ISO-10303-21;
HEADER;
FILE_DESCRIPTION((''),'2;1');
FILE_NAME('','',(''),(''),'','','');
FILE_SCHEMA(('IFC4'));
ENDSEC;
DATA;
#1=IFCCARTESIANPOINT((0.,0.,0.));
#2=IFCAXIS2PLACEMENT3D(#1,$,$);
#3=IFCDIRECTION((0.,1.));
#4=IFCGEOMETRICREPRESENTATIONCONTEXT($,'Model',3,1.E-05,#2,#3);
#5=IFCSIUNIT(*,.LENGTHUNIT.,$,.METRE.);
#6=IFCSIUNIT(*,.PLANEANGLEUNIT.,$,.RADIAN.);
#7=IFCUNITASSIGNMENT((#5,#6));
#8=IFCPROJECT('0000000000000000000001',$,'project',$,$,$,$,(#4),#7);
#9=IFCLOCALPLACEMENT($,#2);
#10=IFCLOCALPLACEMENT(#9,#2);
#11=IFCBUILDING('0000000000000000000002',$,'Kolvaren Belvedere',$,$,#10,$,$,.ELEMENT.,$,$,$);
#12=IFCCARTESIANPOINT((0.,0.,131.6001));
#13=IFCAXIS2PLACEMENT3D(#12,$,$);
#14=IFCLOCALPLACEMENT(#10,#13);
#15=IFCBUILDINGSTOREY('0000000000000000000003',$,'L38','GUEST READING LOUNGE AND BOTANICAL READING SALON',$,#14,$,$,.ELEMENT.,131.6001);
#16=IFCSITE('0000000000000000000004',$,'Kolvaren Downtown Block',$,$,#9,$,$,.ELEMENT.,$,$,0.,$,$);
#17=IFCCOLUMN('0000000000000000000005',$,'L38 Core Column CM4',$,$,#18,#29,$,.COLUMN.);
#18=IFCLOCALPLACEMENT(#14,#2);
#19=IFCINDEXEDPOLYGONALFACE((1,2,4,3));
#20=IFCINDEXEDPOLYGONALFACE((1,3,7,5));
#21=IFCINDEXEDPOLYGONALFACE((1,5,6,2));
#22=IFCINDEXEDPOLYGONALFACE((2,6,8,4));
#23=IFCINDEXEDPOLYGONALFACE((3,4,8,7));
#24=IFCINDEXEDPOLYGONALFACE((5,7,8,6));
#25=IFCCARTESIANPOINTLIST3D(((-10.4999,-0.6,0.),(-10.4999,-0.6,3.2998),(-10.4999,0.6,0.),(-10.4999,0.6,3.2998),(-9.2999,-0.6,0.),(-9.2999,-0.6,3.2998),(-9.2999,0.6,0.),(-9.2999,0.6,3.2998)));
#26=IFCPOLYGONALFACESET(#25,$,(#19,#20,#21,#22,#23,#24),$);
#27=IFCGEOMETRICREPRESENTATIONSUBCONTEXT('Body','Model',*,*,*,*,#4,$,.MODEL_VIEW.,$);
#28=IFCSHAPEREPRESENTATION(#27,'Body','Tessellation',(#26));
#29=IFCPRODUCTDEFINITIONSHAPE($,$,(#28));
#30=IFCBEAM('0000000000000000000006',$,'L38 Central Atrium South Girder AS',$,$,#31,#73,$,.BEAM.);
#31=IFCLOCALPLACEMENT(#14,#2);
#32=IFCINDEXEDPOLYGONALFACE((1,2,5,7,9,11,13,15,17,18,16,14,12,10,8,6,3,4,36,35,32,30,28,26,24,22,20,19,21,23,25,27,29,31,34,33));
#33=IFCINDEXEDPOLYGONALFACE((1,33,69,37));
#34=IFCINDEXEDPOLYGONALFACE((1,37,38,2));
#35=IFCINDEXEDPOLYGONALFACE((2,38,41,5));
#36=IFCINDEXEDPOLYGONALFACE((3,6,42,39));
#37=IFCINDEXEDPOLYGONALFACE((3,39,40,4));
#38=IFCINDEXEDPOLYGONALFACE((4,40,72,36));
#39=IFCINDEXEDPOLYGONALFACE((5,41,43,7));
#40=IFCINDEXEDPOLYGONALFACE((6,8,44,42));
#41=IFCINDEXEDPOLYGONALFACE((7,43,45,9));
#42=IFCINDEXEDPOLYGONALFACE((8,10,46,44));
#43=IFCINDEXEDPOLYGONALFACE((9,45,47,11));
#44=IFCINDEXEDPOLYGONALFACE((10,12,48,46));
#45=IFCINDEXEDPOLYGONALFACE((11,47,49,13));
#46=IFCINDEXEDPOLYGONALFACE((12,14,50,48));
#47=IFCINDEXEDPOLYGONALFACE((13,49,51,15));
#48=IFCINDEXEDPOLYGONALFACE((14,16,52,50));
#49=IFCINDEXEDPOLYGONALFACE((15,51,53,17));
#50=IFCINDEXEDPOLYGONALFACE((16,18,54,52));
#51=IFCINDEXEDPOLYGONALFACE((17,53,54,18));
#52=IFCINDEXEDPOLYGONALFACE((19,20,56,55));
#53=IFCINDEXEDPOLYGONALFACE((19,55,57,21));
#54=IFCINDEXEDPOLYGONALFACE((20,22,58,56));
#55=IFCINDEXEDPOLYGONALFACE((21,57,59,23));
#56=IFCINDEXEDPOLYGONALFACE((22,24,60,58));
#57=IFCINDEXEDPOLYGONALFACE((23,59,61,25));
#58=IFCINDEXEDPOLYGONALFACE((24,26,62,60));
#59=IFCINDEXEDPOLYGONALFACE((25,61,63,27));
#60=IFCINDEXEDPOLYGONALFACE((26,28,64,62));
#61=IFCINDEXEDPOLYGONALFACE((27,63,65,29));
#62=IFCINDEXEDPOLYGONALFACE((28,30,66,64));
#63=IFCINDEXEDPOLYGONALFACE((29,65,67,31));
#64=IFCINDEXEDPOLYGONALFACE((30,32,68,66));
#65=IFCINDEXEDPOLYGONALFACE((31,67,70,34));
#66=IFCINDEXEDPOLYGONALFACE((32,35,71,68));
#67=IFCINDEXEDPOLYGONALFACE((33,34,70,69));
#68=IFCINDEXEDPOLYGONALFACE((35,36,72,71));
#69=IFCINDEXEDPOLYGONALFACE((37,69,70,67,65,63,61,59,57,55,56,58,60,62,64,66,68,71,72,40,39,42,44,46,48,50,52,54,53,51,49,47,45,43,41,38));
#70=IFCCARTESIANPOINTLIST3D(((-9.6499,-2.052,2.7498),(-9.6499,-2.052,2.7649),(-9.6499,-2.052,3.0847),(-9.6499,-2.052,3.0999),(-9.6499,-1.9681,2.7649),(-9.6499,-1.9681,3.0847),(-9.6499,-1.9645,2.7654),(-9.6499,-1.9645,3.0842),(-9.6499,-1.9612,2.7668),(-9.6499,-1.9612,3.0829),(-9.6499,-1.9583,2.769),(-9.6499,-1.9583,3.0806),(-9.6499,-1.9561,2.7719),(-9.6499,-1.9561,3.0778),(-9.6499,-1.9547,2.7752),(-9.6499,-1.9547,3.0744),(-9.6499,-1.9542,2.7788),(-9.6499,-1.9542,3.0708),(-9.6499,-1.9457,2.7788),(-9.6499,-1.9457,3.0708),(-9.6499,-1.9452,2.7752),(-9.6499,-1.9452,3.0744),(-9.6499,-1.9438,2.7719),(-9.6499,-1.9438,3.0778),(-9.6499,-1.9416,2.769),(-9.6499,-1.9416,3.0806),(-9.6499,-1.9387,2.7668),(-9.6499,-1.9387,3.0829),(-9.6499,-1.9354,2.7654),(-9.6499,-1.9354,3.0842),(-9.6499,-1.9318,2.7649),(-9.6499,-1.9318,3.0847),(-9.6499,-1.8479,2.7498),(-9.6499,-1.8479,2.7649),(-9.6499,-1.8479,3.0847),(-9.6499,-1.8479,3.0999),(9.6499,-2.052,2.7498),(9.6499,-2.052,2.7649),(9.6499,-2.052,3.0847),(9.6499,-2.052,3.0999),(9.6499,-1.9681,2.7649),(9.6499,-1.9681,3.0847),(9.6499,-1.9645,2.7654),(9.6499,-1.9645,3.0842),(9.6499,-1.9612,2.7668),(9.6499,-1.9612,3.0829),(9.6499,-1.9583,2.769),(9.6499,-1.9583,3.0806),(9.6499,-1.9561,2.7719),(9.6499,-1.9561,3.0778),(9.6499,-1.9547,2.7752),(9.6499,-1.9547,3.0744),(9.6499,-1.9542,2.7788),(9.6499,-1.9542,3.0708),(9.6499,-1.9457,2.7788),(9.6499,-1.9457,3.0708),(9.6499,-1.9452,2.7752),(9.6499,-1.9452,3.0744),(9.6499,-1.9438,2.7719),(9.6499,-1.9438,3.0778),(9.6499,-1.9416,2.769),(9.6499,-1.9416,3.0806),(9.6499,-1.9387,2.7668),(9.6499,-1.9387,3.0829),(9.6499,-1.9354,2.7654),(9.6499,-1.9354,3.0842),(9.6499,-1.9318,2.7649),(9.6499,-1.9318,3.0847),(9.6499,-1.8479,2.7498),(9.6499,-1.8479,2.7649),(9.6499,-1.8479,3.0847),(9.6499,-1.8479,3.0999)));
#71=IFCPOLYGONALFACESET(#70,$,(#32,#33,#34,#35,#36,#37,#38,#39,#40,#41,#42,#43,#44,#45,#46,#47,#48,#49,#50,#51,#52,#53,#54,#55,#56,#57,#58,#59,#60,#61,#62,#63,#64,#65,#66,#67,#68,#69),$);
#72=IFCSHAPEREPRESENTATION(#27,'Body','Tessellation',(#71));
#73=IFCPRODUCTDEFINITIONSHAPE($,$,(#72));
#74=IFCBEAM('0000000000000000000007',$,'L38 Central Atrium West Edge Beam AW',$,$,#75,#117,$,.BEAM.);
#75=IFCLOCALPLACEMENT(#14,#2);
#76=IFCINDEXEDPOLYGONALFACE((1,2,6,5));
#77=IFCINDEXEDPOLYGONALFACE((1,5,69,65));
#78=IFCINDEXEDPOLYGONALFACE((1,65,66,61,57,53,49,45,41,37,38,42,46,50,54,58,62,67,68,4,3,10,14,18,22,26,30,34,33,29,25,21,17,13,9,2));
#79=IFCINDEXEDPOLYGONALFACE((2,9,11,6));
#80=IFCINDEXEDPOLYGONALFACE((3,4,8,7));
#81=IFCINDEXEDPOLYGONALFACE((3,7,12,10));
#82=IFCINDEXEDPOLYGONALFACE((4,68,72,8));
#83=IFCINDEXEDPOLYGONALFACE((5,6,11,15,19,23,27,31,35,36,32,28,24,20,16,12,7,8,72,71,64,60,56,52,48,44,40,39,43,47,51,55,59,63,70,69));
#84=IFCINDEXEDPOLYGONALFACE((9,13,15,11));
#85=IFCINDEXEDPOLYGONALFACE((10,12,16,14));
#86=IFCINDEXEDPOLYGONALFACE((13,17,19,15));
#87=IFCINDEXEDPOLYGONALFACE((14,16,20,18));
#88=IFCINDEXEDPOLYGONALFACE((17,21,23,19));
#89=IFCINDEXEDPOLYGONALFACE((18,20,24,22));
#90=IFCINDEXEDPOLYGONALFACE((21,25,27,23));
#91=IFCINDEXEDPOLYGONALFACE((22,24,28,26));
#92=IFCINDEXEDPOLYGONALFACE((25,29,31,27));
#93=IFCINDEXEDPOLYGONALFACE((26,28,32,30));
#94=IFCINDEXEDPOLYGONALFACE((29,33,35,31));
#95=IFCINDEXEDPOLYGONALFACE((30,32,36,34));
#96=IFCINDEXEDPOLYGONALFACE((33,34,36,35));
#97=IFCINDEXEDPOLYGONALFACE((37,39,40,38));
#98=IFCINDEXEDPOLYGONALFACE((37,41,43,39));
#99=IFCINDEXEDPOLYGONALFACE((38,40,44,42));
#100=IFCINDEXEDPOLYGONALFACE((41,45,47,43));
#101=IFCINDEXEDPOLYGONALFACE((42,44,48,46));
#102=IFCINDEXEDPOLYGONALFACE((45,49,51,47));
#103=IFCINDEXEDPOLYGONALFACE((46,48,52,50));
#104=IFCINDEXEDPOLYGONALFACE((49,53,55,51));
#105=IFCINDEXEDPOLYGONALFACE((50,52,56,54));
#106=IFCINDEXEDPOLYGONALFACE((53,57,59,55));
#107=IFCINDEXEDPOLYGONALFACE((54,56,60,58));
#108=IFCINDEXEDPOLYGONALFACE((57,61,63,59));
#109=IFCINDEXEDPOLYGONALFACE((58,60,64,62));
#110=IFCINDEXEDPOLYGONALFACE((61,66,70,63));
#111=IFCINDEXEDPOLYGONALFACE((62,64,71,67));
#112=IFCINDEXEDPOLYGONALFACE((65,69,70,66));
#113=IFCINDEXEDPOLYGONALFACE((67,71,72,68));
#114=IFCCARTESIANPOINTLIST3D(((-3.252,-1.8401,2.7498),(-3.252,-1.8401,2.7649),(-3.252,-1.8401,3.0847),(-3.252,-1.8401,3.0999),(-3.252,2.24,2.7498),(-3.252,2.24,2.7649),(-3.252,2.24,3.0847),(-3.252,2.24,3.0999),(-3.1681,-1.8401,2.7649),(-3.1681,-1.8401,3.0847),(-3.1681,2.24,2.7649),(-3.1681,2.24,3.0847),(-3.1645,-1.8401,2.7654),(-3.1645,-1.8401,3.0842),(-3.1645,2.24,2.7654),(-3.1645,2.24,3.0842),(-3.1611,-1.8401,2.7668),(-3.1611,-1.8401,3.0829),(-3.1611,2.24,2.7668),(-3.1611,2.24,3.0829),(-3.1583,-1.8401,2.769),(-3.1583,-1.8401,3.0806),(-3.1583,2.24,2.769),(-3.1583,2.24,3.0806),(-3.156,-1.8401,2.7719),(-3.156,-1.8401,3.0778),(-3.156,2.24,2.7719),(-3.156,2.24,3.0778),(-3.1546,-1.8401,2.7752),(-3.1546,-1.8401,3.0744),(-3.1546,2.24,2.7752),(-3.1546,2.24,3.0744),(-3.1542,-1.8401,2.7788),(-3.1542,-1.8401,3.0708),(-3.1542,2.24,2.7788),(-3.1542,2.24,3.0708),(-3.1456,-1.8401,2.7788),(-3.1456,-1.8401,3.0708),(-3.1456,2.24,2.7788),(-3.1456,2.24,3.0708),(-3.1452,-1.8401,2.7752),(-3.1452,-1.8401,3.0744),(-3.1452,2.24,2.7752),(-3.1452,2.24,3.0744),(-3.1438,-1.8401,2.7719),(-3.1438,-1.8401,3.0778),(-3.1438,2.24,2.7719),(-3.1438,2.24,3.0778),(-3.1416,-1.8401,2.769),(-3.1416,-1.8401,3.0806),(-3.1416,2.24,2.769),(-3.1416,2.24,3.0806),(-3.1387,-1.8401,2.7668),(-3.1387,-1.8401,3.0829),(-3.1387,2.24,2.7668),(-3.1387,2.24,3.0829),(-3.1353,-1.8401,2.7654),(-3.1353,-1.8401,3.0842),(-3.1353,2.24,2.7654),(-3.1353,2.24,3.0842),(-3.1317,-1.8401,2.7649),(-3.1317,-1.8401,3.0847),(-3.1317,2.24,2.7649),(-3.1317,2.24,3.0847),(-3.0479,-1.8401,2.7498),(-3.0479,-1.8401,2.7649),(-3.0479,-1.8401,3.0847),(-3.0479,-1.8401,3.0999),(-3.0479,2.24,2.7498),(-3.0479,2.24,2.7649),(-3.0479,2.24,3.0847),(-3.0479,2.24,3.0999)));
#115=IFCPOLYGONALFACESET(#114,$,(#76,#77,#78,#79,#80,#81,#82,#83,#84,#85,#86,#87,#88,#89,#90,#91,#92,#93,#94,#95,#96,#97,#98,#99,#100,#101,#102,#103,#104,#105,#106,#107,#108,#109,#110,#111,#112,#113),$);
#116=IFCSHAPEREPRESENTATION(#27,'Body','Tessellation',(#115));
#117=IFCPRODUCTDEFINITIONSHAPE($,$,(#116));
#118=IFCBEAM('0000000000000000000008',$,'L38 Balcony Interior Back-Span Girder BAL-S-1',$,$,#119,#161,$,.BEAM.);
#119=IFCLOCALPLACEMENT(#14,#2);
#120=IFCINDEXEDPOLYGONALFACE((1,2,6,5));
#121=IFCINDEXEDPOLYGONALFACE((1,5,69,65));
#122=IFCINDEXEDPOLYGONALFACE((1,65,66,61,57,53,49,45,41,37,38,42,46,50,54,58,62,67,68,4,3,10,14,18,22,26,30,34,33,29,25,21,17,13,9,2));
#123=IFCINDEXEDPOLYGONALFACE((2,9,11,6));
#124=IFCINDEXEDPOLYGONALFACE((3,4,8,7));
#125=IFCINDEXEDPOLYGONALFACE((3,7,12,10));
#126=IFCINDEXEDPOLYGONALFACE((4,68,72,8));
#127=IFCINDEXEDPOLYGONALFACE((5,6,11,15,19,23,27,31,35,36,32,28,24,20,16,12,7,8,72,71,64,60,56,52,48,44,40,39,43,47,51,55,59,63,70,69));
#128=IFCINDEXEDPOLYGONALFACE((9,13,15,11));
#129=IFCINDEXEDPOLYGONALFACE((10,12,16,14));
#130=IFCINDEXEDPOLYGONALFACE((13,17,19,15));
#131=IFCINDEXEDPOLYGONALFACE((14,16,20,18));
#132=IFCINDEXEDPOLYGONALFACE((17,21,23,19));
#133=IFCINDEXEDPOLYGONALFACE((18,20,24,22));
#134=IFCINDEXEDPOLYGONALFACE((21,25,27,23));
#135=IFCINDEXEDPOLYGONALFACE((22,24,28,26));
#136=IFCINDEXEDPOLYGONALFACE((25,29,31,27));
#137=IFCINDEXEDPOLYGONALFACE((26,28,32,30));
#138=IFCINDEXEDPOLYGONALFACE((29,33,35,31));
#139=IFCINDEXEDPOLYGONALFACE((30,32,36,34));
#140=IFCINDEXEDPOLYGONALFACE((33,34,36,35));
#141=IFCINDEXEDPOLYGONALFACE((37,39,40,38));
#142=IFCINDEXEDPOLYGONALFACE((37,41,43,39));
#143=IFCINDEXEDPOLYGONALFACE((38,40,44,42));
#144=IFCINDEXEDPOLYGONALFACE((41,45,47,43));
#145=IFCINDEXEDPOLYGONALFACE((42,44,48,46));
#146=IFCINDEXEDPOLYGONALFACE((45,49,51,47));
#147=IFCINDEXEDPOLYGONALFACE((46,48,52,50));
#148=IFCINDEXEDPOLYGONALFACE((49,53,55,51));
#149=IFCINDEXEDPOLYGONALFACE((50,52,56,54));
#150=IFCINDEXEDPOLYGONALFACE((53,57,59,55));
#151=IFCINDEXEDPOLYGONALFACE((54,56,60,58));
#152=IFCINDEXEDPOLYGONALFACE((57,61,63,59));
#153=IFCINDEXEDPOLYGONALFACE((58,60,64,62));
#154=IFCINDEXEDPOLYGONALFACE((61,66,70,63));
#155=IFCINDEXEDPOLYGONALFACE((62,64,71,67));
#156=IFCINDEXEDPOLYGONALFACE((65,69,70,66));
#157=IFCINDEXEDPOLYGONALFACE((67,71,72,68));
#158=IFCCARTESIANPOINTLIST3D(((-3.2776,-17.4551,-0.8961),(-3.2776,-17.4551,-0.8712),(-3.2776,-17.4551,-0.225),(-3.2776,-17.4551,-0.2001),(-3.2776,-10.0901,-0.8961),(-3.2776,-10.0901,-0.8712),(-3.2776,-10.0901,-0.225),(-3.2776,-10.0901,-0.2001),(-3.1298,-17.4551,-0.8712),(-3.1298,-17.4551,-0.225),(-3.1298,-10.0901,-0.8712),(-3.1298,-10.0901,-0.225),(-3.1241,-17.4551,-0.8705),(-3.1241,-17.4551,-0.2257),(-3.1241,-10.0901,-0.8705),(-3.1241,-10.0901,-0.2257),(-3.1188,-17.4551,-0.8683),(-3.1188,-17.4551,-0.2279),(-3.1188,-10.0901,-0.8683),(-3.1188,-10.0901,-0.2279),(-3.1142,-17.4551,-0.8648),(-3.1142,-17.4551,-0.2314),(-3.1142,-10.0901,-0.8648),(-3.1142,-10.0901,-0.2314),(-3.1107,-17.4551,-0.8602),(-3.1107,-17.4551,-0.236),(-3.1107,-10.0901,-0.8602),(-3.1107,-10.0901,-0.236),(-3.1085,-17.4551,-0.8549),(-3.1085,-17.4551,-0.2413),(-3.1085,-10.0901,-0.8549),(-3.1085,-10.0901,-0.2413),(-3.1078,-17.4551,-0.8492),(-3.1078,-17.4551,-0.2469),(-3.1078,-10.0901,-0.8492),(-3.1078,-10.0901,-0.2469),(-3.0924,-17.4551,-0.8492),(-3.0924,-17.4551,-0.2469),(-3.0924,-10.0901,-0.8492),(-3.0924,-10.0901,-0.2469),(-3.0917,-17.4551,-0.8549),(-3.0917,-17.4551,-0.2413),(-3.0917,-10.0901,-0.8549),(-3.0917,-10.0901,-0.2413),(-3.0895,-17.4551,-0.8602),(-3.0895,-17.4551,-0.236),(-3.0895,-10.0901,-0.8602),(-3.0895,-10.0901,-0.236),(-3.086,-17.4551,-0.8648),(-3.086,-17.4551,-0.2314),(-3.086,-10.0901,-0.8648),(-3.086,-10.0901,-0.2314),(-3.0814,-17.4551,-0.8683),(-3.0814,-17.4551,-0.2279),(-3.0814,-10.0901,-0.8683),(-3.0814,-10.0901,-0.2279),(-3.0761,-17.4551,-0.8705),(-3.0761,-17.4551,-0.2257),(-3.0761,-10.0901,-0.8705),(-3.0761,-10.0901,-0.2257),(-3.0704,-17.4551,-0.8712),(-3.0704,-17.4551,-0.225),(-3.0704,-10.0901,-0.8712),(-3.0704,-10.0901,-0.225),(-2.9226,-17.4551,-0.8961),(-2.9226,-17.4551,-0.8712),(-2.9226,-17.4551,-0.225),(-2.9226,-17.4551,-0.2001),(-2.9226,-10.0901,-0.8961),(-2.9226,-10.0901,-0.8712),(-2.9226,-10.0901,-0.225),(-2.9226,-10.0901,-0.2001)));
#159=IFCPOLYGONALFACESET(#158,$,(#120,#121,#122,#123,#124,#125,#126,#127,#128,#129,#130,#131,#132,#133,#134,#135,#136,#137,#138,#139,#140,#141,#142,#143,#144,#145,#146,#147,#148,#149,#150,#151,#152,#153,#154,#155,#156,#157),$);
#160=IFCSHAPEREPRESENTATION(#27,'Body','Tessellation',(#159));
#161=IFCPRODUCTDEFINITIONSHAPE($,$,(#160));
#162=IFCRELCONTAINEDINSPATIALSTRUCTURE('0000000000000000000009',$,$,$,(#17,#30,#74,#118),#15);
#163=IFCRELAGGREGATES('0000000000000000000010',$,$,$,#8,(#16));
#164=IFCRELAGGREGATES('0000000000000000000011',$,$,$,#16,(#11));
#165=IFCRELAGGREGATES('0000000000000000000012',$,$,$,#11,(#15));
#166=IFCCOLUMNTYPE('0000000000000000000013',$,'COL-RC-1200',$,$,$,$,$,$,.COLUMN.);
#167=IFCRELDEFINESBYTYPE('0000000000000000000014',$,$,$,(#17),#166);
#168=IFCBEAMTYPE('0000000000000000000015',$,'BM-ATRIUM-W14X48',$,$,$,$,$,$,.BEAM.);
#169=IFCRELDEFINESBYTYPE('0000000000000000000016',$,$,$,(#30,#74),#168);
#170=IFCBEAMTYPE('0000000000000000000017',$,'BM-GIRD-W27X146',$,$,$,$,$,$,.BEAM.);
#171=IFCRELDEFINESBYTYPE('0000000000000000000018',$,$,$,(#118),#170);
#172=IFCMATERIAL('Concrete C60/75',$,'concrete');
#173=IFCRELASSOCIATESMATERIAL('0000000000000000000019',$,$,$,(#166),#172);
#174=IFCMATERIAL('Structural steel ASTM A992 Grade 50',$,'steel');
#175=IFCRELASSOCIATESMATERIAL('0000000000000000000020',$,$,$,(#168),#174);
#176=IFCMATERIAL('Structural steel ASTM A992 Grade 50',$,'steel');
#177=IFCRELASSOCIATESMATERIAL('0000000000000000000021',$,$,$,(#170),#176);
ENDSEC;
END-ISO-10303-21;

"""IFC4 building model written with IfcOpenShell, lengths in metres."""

from ifc_helpers import new_model, si_unit, direction, frame, origin, origin_2d, place, context, subcontext, project, spatial, rectangle, i_section, extrude, material, material_profile, profile_set, type_object, element, save


model = new_model("IFC4")

# Units and contexts
model_context = context("Model", 3, precision=1e-05, world=origin(), true_north=direction((0.0, 1.0)))
body_context = subcontext(model_context, "Body", "Model", "MODEL_VIEW")
ifc_project = project(units=[si_unit("LENGTHUNIT", "METRE"), si_unit("PLANEANGLEUNIT", "RADIAN")], contexts=[model_context])

# Site, building, storey
site_placement = place(None, origin())
site = spatial("IfcSite", under=ifc_project, at=site_placement, Name="Kolvaren Downtown Block", CompositionType="ELEMENT", RefElevation=0.0)
building_placement = place(site_placement, origin())
building = spatial("IfcBuilding", under=site, at=building_placement, Name="Kolvaren Belvedere", CompositionType="ELEMENT")
storey_placement = place(building_placement, frame((0.0, 0.0, 131.6001)))
storey = spatial("IfcBuildingStorey", under=building, at=storey_placement, Name="L38", Description="GUEST READING LOUNGE AND BOTANICAL READING SALON", CompositionType="ELEMENT", Elevation=131.6001)

# Column
ifc_material_1 = material(Name="Concrete C60/75", Category="concrete")
ifc_material_profile_1 = material_profile(ifc_material_1, rectangle(XDim=1.2, YDim=1.2, at=origin_2d()), Name="RC 1200X1200")
ifc_profile_set_1 = profile_set([ifc_material_profile_1], Name="Concrete C60/75")
column_type = type_object("IfcColumnType", Name="COL-RC-1200", PredefinedType="COLUMN", material=ifc_profile_set_1)
column_placement = place(storey_placement, frame((-9.8999, 0.0, 0.0), z_axis=(0.0, 0.0, 1.0), x_axis=(1.0, 0.0, 0.0)))
element("IfcColumn", 1, at=column_placement, inside=storey, type_object=column_type, Name="L38 Core Column CM4", PredefinedType="COLUMN", context=body_context, shape_type="SweptSolid", body=[
    extrude(rectangle(XDim=1.2, YDim=1.2, at=origin_2d()), origin(), (0.0, 0.0, 1.0), 3.2998),
])

# Beams
ifc_material_2 = material(Name="Structural steel ASTM A992 Grade 50", Category="steel")
ifc_material_profile_2 = material_profile(ifc_material_2, i_section(OverallWidth=0.2041, OverallDepth=0.3501, WebThickness=0.0085, FlangeThickness=0.0151, FilletRadius=0.0139, at=origin_2d()), Name="W14X48")
ifc_profile_set_2 = profile_set([ifc_material_profile_2], Name="Structural steel ASTM A992 Grade 50")
beam_type_1 = type_object("IfcBeamType", Name="BM-ATRIUM-W14X48", PredefinedType="BEAM", material=ifc_profile_set_2)
beam_1_placement = place(storey_placement, frame((-9.6499, -1.95, 2.9248), z_axis=(1.0, 0.0, 0.0), x_axis=(0.0, 1.0, 0.0)))
element("IfcBeam", 2, at=beam_1_placement, inside=storey, type_object=beam_type_1, Name="L38 Central Atrium South Girder AS", PredefinedType="BEAM", context=body_context, shape_type="SweptSolid", body=[
    extrude(i_section(OverallWidth=0.2041, OverallDepth=0.3501, WebThickness=0.0085, FlangeThickness=0.0151, FilletRadius=0.0139, at=origin_2d()), origin(), (0.0, 0.0, 1.0), 19.2998),
])
beam_2_placement = place(storey_placement, frame((-3.1499, -1.8401, 2.9248), z_axis=(0.0, 1.0, 0.0), x_axis=(-1.0, 0.0, 0.0)))
element("IfcBeam", 3, at=beam_2_placement, inside=storey, type_object=beam_type_1, Name="L38 Central Atrium West Edge Beam AW", PredefinedType="BEAM", context=body_context, shape_type="SweptSolid", body=[
    extrude(i_section(OverallWidth=0.2041, OverallDepth=0.3501, WebThickness=0.0085, FlangeThickness=0.0151, FilletRadius=0.0139, at=origin_2d()), origin(), (0.0, 0.0, 1.0), 4.0801),
])
ifc_material_3 = material(Name="Structural steel ASTM A992 Grade 50", Category="steel")
ifc_material_profile_3 = material_profile(ifc_material_3, i_section(OverallWidth=0.355, OverallDepth=0.696, WebThickness=0.0154, FlangeThickness=0.0249, FilletRadius=0.022, at=origin_2d()), Name="W27X146")
ifc_profile_set_3 = profile_set([ifc_material_profile_3], Name="Structural steel ASTM A992 Grade 50")
beam_type_2 = type_object("IfcBeamType", Name="BM-GIRD-W27X146", PredefinedType="BEAM", material=ifc_profile_set_3)
beam_3_placement = place(storey_placement, frame((-3.1001, -10.0901, -0.5481), z_axis=(0.0, -1.0, 0.0), x_axis=(1.0, 0.0, 0.0)))
element("IfcBeam", 4, at=beam_3_placement, inside=storey, type_object=beam_type_2, Name="L38 Balcony Interior Back-Span Girder BAL-S-1", PredefinedType="BEAM", context=body_context, shape_type="SweptSolid", body=[
    extrude(i_section(OverallWidth=0.355, OverallDepth=0.696, WebThickness=0.0154, FlangeThickness=0.0249, FilletRadius=0.022, at=origin_2d()), origin(), (0.0, 0.0, 1.0), 7.365),
])

save(model, "model.ifc")
